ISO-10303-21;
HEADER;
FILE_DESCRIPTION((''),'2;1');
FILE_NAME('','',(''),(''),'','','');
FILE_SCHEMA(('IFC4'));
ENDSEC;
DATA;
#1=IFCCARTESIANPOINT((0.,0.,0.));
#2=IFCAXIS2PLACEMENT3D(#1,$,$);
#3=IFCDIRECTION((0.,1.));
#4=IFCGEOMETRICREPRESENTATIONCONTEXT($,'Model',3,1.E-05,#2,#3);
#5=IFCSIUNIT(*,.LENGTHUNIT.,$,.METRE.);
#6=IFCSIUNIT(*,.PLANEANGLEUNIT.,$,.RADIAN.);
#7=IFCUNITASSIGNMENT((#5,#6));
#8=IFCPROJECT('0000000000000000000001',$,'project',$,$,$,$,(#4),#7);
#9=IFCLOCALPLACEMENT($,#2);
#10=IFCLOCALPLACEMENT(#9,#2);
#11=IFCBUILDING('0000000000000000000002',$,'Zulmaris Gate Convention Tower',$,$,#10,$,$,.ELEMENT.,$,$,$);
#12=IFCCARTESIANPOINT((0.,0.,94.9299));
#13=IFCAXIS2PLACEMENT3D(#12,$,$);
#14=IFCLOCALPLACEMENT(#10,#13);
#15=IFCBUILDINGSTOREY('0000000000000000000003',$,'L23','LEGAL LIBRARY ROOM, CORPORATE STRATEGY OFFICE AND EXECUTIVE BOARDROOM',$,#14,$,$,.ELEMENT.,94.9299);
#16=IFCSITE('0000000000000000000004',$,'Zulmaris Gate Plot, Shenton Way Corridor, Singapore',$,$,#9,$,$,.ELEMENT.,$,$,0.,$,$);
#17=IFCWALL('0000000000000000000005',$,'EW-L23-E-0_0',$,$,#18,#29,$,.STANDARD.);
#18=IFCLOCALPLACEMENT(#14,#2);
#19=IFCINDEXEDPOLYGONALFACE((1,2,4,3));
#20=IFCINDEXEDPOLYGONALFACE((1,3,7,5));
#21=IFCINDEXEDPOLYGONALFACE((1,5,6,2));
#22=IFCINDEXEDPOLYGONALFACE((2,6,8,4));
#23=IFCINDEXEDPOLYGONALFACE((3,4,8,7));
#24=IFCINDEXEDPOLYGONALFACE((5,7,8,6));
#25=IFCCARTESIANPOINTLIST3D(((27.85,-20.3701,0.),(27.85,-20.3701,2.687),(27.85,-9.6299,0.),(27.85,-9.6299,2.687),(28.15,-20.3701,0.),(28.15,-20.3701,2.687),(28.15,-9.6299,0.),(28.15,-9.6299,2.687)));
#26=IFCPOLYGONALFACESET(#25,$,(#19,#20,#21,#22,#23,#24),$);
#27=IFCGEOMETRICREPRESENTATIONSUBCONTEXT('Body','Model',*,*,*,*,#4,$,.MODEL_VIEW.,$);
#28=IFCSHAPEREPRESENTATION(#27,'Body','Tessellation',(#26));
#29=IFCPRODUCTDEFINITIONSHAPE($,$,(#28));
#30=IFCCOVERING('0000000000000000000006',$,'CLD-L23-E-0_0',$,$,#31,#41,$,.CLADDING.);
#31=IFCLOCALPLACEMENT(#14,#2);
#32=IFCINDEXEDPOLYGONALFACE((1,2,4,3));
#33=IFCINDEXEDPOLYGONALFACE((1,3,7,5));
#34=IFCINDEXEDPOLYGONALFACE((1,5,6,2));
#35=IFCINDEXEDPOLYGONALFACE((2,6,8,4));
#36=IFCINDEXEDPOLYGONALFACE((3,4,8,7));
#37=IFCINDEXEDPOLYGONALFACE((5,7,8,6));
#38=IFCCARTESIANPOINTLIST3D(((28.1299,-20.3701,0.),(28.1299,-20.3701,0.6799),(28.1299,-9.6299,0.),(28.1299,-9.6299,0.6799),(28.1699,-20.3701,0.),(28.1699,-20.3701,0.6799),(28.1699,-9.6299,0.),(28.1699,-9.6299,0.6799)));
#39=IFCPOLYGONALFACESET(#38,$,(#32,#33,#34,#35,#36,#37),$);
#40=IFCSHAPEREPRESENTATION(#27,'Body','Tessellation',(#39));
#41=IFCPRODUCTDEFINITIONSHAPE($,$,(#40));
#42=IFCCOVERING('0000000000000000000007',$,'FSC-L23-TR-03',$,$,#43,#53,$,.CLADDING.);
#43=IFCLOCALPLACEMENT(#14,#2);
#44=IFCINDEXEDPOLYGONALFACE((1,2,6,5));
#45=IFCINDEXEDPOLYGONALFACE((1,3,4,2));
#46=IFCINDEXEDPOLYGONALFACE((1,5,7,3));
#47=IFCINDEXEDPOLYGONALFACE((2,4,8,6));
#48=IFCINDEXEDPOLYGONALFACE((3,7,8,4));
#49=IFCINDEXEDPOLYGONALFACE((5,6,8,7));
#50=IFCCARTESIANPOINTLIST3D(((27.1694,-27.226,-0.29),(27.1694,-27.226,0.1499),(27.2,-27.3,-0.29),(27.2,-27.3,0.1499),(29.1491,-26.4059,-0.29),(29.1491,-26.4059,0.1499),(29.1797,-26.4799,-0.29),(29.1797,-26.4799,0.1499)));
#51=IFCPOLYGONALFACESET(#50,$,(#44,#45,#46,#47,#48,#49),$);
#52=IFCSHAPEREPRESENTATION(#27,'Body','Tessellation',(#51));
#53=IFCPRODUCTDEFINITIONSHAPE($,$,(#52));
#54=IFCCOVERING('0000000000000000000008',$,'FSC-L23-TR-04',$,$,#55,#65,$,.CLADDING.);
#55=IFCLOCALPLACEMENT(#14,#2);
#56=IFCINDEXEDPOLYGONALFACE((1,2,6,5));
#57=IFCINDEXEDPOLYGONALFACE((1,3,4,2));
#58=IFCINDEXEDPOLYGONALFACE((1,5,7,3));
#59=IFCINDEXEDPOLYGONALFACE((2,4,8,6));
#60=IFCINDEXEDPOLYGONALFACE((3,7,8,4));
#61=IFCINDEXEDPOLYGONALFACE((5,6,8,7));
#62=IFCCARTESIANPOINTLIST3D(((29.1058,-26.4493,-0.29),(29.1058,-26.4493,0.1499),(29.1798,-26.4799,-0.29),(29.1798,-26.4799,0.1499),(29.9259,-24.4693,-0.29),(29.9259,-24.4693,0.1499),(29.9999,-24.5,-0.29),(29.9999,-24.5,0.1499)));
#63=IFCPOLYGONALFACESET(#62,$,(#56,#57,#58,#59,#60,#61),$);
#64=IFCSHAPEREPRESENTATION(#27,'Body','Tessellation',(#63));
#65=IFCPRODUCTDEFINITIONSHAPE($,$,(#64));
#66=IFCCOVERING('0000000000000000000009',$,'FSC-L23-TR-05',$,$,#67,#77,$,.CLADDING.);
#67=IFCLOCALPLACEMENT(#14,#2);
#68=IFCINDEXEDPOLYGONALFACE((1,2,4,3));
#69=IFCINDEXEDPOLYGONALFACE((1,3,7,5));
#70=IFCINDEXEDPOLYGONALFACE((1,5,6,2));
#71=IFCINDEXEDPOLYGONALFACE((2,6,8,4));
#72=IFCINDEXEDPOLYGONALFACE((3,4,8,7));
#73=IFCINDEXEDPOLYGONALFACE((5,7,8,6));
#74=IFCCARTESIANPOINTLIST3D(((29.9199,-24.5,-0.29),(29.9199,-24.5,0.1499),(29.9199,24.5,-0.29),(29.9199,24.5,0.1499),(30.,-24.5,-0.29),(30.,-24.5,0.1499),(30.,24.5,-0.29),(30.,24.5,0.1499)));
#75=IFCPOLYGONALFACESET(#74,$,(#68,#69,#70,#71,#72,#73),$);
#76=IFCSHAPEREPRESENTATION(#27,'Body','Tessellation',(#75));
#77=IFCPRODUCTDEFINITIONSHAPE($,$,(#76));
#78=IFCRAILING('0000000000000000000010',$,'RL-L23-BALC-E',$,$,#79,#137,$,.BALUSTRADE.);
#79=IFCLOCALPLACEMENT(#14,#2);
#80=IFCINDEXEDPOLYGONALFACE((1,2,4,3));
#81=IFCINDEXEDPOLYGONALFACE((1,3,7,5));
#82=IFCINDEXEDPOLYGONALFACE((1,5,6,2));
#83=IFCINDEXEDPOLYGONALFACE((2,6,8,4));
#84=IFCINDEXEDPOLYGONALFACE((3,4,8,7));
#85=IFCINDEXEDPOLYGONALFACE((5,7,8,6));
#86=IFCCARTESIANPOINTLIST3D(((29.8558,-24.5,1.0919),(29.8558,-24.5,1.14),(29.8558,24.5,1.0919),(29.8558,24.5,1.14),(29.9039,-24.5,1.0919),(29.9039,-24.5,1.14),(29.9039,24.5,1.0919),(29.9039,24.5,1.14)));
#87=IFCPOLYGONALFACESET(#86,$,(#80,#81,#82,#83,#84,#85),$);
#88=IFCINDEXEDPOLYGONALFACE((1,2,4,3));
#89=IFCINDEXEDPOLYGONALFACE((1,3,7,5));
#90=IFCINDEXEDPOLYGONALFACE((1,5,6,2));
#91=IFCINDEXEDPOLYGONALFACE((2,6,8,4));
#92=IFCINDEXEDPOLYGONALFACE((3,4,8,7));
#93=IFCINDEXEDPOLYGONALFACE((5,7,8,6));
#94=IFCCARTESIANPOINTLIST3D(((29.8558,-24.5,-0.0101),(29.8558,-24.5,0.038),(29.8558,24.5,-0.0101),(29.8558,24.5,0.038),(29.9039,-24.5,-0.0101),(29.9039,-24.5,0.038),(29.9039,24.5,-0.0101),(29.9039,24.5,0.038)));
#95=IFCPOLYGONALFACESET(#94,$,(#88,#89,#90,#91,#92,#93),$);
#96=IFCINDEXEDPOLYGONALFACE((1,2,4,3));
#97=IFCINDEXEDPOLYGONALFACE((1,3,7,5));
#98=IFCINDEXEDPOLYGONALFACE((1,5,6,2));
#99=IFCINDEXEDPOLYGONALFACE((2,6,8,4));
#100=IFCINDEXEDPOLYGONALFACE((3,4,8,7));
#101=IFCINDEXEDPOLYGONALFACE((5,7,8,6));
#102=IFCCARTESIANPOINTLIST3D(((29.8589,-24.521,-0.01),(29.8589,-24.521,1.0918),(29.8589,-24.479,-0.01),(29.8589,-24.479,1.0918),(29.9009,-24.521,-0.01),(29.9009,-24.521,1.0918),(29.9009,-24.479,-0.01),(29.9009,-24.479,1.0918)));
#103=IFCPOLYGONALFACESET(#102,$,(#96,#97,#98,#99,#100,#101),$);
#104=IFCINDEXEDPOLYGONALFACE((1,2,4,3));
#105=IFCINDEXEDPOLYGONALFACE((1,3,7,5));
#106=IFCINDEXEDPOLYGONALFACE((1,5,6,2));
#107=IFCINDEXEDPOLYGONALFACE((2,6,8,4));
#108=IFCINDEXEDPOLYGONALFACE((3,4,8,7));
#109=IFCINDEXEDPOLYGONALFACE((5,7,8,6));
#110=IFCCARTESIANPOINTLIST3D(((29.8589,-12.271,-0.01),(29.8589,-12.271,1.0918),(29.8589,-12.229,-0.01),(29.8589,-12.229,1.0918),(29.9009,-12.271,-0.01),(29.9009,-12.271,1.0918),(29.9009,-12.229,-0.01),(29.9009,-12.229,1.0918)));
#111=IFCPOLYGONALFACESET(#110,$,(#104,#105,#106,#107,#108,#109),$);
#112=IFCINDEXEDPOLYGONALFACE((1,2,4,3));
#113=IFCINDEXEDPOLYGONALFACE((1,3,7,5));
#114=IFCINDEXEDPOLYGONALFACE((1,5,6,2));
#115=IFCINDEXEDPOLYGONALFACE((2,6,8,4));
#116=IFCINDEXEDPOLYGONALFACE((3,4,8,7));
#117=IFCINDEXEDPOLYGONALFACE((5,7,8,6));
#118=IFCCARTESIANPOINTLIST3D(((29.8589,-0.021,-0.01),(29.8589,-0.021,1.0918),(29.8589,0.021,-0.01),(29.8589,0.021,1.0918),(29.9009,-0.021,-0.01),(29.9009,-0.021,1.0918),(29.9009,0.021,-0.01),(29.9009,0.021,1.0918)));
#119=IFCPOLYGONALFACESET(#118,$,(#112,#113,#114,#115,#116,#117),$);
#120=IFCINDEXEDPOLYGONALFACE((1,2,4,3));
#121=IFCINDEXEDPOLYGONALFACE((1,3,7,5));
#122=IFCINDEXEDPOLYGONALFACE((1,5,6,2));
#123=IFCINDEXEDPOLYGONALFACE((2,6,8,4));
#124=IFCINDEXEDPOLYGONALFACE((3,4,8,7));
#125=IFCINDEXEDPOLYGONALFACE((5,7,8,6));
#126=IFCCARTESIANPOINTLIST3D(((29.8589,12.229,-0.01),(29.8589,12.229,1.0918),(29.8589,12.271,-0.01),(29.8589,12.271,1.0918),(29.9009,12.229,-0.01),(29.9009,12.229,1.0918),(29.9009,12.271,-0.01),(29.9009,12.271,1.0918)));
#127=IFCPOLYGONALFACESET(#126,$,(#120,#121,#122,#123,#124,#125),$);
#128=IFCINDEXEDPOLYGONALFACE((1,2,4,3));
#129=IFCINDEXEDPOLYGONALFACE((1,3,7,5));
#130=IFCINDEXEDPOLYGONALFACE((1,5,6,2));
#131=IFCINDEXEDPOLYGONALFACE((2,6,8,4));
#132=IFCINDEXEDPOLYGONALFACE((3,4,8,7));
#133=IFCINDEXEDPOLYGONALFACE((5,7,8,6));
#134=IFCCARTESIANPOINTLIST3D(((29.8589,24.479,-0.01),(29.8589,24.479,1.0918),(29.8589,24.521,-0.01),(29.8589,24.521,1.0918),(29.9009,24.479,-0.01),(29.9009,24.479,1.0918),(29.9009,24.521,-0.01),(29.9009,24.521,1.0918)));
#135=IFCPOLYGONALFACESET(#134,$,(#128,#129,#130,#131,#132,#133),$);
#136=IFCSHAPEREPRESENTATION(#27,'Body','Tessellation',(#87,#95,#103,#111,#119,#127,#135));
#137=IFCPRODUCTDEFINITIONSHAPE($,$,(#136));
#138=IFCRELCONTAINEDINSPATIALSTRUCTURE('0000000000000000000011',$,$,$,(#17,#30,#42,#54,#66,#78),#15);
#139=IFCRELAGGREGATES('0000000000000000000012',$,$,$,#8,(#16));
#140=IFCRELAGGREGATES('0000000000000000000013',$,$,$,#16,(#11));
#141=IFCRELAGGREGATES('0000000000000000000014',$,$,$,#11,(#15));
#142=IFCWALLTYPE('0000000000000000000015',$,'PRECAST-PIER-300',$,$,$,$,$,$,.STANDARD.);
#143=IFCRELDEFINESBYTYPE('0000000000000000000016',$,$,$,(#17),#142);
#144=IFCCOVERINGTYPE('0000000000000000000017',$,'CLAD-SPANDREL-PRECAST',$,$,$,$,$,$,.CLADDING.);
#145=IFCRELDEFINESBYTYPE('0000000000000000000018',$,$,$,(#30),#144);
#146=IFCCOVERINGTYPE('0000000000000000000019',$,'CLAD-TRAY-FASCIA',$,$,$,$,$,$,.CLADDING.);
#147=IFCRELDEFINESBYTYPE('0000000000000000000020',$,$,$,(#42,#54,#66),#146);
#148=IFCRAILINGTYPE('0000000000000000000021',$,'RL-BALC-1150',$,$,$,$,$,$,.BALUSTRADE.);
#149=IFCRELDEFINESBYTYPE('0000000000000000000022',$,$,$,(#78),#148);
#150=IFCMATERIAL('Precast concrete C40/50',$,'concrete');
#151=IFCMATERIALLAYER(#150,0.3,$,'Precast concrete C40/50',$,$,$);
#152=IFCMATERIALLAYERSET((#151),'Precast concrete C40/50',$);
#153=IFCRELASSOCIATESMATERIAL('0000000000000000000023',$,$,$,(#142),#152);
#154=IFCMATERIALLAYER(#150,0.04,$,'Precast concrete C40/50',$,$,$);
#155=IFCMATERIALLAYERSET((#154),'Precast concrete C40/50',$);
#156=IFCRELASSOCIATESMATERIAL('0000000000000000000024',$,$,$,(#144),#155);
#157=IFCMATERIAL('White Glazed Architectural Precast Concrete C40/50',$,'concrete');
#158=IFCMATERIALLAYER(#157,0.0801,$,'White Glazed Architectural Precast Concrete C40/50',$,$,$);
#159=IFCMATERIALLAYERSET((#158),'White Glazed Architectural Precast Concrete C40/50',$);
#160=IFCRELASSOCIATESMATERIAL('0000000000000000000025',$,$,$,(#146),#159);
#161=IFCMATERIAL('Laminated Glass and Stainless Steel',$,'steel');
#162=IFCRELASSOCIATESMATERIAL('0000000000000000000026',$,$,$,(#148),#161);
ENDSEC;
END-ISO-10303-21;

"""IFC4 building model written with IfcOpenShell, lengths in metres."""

from ifc_helpers import new_model, si_unit, direction, frame, frame_2d, origin, origin_2d, place, context, subcontext, project, spatial, rectangle, extrude, material, layer, layer_set, type_object, element, save


model = new_model("IFC4")

# Units and contexts
model_context = context("Model", 3, precision=1e-05, world=origin(), true_north=direction((0.0, 1.0)))
body_context = subcontext(model_context, "Body", "Model", "MODEL_VIEW")
ifc_project = project(units=[si_unit("LENGTHUNIT", "METRE"), si_unit("PLANEANGLEUNIT", "RADIAN")], contexts=[model_context])

# Site, building, storey
site_placement = place(None, origin())
site = spatial("IfcSite", under=ifc_project, at=site_placement, Name="Zulmaris Gate Plot, Shenton Way Corridor, Singapore", CompositionType="ELEMENT", RefElevation=0.0)
building_placement = place(site_placement, origin())
building = spatial("IfcBuilding", under=site, at=building_placement, Name="Zulmaris Gate Convention Tower", CompositionType="ELEMENT")
storey_placement = place(building_placement, frame((0.0, 0.0, 94.9299)))
storey = spatial("IfcBuildingStorey", under=building, at=storey_placement, Name="L23", Description="LEGAL LIBRARY ROOM, CORPORATE STRATEGY OFFICE AND EXECUTIVE BOARDROOM", CompositionType="ELEMENT", Elevation=94.9299)

# Shared definitions
ifc_material_1 = material(Name="Precast concrete C40/50", Category="concrete")
ifc_layer_1 = layer(ifc_material_1, 0.3, Name="Precast concrete C40/50")
ifc_layer_set_1 = layer_set([ifc_layer_1], Name="Precast concrete C40/50")
wall_type_1 = type_object("IfcWallType", Name="PRECAST-PIER-300", PredefinedType="STANDARD", material=ifc_layer_set_1)

# Wall
wall_1_placement = place(storey_placement, frame((28.0, -20.3701, 0.0), z_axis=(0.0, 0.0, 1.0), x_axis=(0.0, 1.0, 0.0)))
element("IfcWall", 1, at=wall_1_placement, inside=storey, type_object=wall_type_1, Name="EW-L23-E-0_0", PredefinedType="STANDARD", context=body_context, shape_type="SweptSolid", body=[
    extrude(rectangle(XDim=10.7402, YDim=0.3, at=frame_2d((5.3701, 0.0))), origin(), (0.0, 0.0, 1.0), 2.687),
])

# Coverings
ifc_layer_2 = layer(ifc_material_1, 0.04, Name="Precast concrete C40/50")
ifc_layer_set_2 = layer_set([ifc_layer_2], Name="Precast concrete C40/50")
covering_type_1 = type_object("IfcCoveringType", Name="CLAD-SPANDREL-PRECAST", PredefinedType="CLADDING", material=ifc_layer_set_2)
covering_1_placement = place(storey_placement, frame((28.1499, -20.3701, 0.0), z_axis=(0.0, 0.0, 1.0), x_axis=(0.0, 1.0, 0.0)))
element("IfcCovering", 2, at=covering_1_placement, inside=storey, type_object=covering_type_1, Name="CLD-L23-E-0_0", PredefinedType="CLADDING", context=body_context, shape_type="SweptSolid", body=[
    extrude(rectangle(XDim=10.7402, YDim=0.04, at=frame_2d((5.3701, 0.0))), origin(), (0.0, 0.0, 1.0), 0.6799),
])
ifc_material_2 = material(Name="White Glazed Architectural Precast Concrete C40/50", Category="concrete")
ifc_layer_3 = layer(ifc_material_2, 0.0801, Name="White Glazed Architectural Precast Concrete C40/50")
ifc_layer_set_3 = layer_set([ifc_layer_3], Name="White Glazed Architectural Precast Concrete C40/50")
covering_type_2 = type_object("IfcCoveringType", Name="CLAD-TRAY-FASCIA", PredefinedType="CLADDING", material=ifc_layer_set_3)
covering_2_placement = place(storey_placement, frame((27.1848, -27.2629, -0.29), z_axis=(0.0, 0.0, 1.0), x_axis=(0.923874, 0.382697, 0.0)))
element("IfcCovering", 3, at=covering_2_placement, inside=storey, type_object=covering_type_2, Name="FSC-L23-TR-03", PredefinedType="CLADDING", context=body_context, shape_type="SweptSolid", body=[
    extrude(rectangle(XDim=2.1428, YDim=0.0801, at=frame_2d((1.0713, 0.0))), origin(), (0.0, 0.0, 1.0), 0.4399),
])
covering_3_placement = place(storey_placement, frame((29.1428, -26.4646, -0.29), z_axis=(0.0, 0.0, 1.0), x_axis=(0.382657, 0.92389, 0.0)))
element("IfcCovering", 4, at=covering_3_placement, inside=storey, type_object=covering_type_2, Name="FSC-L23-TR-04", PredefinedType="CLADDING", context=body_context, shape_type="SweptSolid", body=[
    extrude(rectangle(XDim=2.1431, YDim=0.0801, at=frame_2d((1.0715, 0.0))), origin(), (0.0, 0.0, 1.0), 0.4399),
])
covering_4_placement = place(storey_placement, frame((29.96, -24.5, -0.29), z_axis=(0.0, 0.0, 1.0), x_axis=(0.0, 1.0, 0.0)))
element("IfcCovering", 5, at=covering_4_placement, inside=storey, type_object=covering_type_2, Name="FSC-L23-TR-05", PredefinedType="CLADDING", context=body_context, shape_type="SweptSolid", body=[
    extrude(rectangle(XDim=49.0, YDim=0.0801, at=frame_2d((24.5, 0.0))), origin(), (0.0, 0.0, 1.0), 0.4399),
])

# Railing
ifc_material_3 = material(Name="Laminated Glass and Stainless Steel", Category="steel")
railing_type = type_object("IfcRailingType", Name="RL-BALC-1150", PredefinedType="BALUSTRADE", material=ifc_material_3)
railing_placement = place(storey_placement, frame((29.8799, -24.5, -0.01)))
element("IfcRailing", 6, at=railing_placement, inside=storey, type_object=railing_type, Name="RL-L23-BALC-E", PredefinedType="BALUSTRADE", context=body_context, shape_type="SweptSolid", body=[
    extrude(rectangle(XDim=0.0481, YDim=0.0481, at=origin_2d()), frame((0.0, 0.0, 1.126), z_axis=(0.0, 1.0, 0.0), x_axis=(-1.0, 0.0, 0.0)), (0.0, 0.0, 1.0), 49.0),
    extrude(rectangle(XDim=0.0481, YDim=0.0481, at=origin_2d()), frame((0.0, 0.0, 0.0239), z_axis=(0.0, 1.0, 0.0), x_axis=(-1.0, 0.0, 0.0)), (0.0, 0.0, 1.0), 49.0),
    extrude(rectangle(XDim=0.042, YDim=0.042, at=origin_2d()), origin(), (0.0, 0.0, 1.0), 1.1018),
    extrude(rectangle(XDim=0.042, YDim=0.042, at=origin_2d()), frame((0.0, 12.25, 0.0)), (0.0, 0.0, 1.0), 1.1018),
    extrude(rectangle(XDim=0.042, YDim=0.042, at=origin_2d()), frame((0.0, 24.5, 0.0)), (0.0, 0.0, 1.0), 1.1018),
    extrude(rectangle(XDim=0.042, YDim=0.042, at=origin_2d()), frame((0.0, 36.75, 0.0)), (0.0, 0.0, 1.0), 1.1018),
    extrude(rectangle(XDim=0.042, YDim=0.042, at=origin_2d()), frame((0.0, 49.0, 0.0)), (0.0, 0.0, 1.0), 1.1018),
])

save(model, "model.ifc")
